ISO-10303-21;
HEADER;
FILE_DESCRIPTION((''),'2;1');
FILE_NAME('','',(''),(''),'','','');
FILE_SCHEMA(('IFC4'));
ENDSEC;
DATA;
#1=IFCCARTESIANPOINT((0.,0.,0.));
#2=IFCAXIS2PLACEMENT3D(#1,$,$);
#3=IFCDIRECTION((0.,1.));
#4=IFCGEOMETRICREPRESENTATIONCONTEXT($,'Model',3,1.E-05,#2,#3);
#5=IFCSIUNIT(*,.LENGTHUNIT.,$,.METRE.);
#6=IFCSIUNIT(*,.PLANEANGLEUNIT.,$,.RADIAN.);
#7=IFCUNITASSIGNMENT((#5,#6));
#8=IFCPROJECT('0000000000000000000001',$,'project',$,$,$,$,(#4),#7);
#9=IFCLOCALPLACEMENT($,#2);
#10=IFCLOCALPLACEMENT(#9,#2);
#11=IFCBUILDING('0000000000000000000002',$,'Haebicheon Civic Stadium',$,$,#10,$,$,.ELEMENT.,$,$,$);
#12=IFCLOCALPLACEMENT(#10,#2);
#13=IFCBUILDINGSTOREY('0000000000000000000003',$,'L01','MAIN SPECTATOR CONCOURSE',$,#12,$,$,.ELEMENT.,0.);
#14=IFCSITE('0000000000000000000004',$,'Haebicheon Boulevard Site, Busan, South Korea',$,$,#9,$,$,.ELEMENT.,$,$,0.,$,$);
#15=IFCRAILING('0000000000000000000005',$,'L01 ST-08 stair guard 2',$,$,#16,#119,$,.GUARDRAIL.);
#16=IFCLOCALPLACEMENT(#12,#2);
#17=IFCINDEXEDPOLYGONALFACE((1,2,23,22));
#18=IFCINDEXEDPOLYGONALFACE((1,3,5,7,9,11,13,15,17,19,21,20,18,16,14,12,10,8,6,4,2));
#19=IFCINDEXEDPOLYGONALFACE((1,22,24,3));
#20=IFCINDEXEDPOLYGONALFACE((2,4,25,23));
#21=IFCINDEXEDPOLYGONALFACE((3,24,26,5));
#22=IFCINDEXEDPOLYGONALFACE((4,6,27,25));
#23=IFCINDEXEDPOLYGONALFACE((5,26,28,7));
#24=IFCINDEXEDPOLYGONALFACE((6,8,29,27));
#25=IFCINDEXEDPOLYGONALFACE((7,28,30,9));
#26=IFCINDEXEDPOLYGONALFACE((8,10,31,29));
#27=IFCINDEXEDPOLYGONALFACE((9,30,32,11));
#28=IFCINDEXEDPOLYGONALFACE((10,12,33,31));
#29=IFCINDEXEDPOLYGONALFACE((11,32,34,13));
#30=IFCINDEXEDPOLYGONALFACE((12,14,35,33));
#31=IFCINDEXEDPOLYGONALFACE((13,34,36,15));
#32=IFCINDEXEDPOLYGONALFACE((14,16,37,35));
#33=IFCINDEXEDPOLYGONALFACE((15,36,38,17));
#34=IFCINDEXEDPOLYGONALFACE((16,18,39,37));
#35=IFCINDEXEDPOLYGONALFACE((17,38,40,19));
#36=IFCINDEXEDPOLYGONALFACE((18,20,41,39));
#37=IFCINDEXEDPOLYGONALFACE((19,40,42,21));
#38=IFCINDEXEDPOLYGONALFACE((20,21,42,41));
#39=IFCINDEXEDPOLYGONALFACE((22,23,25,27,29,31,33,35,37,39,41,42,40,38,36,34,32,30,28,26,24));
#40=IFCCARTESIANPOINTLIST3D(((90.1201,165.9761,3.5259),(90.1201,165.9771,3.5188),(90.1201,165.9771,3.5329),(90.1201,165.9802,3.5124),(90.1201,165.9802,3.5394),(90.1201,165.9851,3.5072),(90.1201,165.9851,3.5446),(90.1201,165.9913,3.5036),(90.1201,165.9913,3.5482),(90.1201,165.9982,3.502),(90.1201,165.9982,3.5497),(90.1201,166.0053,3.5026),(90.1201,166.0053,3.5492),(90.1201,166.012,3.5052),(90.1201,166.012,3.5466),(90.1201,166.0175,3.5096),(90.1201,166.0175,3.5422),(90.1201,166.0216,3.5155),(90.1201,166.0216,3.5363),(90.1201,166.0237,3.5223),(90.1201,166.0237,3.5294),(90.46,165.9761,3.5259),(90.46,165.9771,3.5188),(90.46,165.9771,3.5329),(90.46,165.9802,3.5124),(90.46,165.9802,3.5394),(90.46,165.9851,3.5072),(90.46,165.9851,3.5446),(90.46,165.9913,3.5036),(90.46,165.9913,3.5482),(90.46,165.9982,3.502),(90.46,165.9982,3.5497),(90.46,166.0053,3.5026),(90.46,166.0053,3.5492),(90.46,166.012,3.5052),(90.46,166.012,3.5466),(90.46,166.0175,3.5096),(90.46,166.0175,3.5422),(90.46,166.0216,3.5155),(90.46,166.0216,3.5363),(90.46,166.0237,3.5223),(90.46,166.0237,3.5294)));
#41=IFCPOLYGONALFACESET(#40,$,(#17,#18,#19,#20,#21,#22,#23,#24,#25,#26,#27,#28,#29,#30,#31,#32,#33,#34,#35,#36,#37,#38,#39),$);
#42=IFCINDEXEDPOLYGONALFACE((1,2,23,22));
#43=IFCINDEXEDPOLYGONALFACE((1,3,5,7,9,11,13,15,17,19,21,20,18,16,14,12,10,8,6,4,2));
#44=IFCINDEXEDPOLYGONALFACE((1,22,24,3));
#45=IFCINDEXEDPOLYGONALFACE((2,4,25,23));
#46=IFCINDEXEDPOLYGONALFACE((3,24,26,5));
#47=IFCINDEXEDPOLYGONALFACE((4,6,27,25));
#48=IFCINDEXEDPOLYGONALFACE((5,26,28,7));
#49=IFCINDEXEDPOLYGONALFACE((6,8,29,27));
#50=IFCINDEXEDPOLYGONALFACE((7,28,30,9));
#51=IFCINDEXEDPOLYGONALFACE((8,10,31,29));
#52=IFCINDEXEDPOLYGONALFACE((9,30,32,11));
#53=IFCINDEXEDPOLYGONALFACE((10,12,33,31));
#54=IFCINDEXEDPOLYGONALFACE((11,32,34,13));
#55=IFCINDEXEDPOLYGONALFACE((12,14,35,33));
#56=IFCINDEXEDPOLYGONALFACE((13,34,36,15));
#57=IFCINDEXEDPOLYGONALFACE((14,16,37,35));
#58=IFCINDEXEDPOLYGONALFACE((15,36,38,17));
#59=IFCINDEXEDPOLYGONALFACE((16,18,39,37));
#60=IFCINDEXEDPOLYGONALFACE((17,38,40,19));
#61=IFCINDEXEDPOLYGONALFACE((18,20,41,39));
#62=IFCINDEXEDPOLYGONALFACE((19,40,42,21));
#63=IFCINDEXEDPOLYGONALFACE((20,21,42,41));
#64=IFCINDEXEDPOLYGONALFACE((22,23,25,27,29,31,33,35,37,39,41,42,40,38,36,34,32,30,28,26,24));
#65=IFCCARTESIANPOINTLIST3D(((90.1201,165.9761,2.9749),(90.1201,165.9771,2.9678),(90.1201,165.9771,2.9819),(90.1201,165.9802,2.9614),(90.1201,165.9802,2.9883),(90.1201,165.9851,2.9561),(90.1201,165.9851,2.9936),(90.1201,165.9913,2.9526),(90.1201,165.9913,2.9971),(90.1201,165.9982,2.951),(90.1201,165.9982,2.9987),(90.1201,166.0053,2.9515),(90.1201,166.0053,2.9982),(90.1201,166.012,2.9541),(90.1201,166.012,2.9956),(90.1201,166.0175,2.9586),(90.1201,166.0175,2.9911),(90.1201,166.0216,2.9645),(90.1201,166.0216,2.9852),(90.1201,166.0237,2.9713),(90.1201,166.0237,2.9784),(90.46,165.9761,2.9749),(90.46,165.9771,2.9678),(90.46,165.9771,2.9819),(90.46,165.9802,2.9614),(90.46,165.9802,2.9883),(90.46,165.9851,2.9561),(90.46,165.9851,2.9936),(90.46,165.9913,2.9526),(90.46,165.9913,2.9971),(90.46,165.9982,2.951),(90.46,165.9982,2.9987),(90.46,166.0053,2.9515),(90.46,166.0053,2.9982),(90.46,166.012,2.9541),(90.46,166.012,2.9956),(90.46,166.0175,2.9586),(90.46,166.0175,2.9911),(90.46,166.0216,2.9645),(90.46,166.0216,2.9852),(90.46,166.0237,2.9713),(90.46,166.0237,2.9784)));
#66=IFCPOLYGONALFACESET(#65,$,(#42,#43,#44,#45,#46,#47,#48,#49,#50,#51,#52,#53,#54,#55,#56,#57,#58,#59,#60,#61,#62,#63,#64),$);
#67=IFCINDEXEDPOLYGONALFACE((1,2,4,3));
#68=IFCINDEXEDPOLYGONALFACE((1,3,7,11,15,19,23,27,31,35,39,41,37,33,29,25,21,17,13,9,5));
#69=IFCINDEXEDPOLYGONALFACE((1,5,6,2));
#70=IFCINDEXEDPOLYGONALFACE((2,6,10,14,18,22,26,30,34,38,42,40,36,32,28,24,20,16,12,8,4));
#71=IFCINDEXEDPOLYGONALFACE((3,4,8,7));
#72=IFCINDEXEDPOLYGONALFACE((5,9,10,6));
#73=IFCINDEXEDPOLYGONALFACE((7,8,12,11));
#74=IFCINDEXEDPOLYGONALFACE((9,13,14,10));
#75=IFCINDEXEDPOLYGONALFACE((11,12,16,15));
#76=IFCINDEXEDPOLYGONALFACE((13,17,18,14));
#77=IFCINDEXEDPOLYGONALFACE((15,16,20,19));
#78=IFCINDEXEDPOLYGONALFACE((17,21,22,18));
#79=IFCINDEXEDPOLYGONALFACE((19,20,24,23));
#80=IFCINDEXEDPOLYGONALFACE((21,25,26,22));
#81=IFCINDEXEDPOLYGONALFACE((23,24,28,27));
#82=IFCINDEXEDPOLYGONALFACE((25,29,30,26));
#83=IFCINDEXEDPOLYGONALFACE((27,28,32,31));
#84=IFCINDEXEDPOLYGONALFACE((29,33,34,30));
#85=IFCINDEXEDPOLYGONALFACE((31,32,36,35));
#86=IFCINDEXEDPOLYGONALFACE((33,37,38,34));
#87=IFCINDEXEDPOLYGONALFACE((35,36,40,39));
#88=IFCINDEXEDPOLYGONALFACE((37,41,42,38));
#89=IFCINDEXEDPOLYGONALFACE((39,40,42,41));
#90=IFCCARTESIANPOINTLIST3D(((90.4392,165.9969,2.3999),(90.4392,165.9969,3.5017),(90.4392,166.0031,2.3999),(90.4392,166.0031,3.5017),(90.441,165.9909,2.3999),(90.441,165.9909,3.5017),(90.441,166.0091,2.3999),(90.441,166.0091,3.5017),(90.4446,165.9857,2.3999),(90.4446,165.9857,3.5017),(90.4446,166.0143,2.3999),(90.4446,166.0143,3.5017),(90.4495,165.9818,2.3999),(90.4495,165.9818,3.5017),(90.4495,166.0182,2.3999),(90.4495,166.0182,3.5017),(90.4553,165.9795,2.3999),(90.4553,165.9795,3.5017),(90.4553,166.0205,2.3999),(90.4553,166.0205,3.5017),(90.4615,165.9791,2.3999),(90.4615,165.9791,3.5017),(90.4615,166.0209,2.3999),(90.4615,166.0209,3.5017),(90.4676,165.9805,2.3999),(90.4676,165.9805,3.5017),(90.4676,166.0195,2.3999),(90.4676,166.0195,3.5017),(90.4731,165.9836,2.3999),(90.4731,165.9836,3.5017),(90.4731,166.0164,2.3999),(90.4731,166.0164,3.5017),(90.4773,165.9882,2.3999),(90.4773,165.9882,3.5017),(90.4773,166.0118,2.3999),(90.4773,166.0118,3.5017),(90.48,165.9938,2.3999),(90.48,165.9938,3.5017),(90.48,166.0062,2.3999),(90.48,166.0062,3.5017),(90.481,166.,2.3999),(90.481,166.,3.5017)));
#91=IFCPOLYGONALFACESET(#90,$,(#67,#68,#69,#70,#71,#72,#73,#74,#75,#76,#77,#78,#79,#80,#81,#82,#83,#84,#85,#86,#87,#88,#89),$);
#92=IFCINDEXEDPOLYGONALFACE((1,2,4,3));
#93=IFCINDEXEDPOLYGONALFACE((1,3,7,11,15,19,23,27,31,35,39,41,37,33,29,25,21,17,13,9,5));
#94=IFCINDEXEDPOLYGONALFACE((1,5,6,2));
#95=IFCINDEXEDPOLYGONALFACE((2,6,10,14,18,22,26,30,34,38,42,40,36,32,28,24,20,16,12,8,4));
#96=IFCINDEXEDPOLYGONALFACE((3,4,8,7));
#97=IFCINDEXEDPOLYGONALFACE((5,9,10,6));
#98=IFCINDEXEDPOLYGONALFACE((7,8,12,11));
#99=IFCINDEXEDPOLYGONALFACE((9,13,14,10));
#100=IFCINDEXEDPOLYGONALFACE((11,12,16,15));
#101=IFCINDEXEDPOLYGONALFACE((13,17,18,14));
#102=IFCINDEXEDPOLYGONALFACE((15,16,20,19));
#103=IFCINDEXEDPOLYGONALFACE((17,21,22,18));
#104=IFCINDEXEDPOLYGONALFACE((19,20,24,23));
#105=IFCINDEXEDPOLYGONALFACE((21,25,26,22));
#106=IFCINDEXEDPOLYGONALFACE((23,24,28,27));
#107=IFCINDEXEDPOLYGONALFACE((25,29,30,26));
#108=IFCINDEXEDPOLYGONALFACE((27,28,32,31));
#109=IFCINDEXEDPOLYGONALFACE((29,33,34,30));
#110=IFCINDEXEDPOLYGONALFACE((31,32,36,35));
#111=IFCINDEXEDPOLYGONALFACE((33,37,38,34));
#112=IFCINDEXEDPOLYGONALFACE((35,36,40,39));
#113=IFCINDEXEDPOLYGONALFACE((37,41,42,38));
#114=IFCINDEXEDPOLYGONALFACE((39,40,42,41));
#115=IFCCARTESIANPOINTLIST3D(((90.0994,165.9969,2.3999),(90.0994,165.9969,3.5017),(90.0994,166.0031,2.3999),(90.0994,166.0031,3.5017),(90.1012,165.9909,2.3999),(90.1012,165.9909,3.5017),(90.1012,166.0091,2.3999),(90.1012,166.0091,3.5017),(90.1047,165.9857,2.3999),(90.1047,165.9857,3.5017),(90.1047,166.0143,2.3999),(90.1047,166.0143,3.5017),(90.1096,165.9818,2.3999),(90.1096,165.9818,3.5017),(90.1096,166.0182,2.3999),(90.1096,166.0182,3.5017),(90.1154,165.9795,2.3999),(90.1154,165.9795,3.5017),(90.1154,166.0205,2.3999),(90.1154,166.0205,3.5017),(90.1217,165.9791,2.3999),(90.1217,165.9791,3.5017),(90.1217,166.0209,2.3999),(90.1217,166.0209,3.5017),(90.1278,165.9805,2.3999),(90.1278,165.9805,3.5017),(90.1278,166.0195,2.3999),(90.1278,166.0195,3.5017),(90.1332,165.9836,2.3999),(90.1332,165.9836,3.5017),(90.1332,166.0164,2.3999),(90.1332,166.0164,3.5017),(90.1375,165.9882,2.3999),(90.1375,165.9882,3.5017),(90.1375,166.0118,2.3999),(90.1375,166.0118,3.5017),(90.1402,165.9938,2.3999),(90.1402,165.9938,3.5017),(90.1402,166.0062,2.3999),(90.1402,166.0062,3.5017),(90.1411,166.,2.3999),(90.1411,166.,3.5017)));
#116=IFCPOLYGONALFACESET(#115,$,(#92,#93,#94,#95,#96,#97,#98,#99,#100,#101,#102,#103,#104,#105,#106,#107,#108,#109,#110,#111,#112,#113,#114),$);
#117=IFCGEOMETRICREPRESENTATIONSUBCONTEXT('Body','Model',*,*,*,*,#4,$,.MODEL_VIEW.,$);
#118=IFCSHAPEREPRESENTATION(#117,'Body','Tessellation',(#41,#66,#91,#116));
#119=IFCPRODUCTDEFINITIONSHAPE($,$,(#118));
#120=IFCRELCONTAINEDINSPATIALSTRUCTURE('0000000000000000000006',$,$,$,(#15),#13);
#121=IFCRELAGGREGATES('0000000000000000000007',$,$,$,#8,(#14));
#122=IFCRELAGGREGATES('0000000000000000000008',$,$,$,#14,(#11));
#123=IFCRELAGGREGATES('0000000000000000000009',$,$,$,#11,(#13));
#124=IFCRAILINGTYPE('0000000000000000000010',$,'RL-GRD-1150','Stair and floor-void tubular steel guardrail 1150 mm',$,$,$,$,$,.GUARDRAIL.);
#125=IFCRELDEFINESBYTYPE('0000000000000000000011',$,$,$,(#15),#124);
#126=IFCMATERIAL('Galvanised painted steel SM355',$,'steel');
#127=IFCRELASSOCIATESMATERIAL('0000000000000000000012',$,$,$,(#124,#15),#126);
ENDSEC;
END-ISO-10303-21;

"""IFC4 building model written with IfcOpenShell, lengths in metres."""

from ifc_helpers import new_model, si_unit, direction, frame, origin, origin_2d, place, context, subcontext, project, spatial, circle, extrude, material, type_object, element, save


model = new_model("IFC4")

# Units and contexts
model_context = context("Model", 3, precision=1e-05, world=origin(), true_north=direction((0.0, 1.0)))
body_context = subcontext(model_context, "Body", "Model", "MODEL_VIEW")
ifc_project = project(units=[si_unit("LENGTHUNIT", "METRE"), si_unit("PLANEANGLEUNIT", "RADIAN")], contexts=[model_context])

# Site, building, storey
site_placement = place(None, origin())
site = spatial("IfcSite", under=ifc_project, at=site_placement, Name="Haebicheon Boulevard Site, Busan, South Korea", CompositionType="ELEMENT", RefElevation=0.0)
building_placement = place(site_placement, origin())
building = spatial("IfcBuilding", under=site, at=building_placement, Name="Haebicheon Civic Stadium", CompositionType="ELEMENT")
storey_placement = place(building_placement, origin())
storey = spatial("IfcBuildingStorey", under=building, at=storey_placement, Name="L01", Description="MAIN SPECTATOR CONCOURSE", CompositionType="ELEMENT", Elevation=0.0)

# Railing
ifc_material_1 = material(Name="Galvanised painted steel SM355", Category="steel")
railing_type_1 = type_object("IfcRailingType", Name="RL-GRD-1150", Description="Stair and floor-void tubular steel guardrail 1150 mm", PredefinedType="GUARDRAIL", material=ifc_material_1)
railing_1_placement = place(storey_placement, frame((90.46, 166.0, 2.3999)))
element("IfcRailing", 1, at=railing_1_placement, inside=storey, type_object=railing_type_1, material=ifc_material_1, Name="L01 ST-08 stair guard 2", PredefinedType="GUARDRAIL", context=body_context, shape_type="SweptSolid", body=[
    extrude(circle(Radius=0.0239, at=origin_2d()), frame((0.0, 0.0, 1.126), z_axis=(-1.0, 0.0, 0.0), x_axis=(0.0, -1.0, 0.0)), (0.0, 0.0, 1.0), 0.3398),
    extrude(circle(Radius=0.0239, at=origin_2d()), frame((0.0, 0.0, 0.575), z_axis=(-1.0, 0.0, 0.0), x_axis=(0.0, -1.0, 0.0)), (0.0, 0.0, 1.0), 0.3398),
    extrude(circle(Radius=0.021, at=origin_2d()), origin(), (0.0, 0.0, 1.0), 1.1018),
    extrude(circle(Radius=0.021, at=origin_2d()), frame((-0.3398, 0.0, 0.0)), (0.0, 0.0, 1.0), 1.1018),
])

save(model, "model.ifc")
